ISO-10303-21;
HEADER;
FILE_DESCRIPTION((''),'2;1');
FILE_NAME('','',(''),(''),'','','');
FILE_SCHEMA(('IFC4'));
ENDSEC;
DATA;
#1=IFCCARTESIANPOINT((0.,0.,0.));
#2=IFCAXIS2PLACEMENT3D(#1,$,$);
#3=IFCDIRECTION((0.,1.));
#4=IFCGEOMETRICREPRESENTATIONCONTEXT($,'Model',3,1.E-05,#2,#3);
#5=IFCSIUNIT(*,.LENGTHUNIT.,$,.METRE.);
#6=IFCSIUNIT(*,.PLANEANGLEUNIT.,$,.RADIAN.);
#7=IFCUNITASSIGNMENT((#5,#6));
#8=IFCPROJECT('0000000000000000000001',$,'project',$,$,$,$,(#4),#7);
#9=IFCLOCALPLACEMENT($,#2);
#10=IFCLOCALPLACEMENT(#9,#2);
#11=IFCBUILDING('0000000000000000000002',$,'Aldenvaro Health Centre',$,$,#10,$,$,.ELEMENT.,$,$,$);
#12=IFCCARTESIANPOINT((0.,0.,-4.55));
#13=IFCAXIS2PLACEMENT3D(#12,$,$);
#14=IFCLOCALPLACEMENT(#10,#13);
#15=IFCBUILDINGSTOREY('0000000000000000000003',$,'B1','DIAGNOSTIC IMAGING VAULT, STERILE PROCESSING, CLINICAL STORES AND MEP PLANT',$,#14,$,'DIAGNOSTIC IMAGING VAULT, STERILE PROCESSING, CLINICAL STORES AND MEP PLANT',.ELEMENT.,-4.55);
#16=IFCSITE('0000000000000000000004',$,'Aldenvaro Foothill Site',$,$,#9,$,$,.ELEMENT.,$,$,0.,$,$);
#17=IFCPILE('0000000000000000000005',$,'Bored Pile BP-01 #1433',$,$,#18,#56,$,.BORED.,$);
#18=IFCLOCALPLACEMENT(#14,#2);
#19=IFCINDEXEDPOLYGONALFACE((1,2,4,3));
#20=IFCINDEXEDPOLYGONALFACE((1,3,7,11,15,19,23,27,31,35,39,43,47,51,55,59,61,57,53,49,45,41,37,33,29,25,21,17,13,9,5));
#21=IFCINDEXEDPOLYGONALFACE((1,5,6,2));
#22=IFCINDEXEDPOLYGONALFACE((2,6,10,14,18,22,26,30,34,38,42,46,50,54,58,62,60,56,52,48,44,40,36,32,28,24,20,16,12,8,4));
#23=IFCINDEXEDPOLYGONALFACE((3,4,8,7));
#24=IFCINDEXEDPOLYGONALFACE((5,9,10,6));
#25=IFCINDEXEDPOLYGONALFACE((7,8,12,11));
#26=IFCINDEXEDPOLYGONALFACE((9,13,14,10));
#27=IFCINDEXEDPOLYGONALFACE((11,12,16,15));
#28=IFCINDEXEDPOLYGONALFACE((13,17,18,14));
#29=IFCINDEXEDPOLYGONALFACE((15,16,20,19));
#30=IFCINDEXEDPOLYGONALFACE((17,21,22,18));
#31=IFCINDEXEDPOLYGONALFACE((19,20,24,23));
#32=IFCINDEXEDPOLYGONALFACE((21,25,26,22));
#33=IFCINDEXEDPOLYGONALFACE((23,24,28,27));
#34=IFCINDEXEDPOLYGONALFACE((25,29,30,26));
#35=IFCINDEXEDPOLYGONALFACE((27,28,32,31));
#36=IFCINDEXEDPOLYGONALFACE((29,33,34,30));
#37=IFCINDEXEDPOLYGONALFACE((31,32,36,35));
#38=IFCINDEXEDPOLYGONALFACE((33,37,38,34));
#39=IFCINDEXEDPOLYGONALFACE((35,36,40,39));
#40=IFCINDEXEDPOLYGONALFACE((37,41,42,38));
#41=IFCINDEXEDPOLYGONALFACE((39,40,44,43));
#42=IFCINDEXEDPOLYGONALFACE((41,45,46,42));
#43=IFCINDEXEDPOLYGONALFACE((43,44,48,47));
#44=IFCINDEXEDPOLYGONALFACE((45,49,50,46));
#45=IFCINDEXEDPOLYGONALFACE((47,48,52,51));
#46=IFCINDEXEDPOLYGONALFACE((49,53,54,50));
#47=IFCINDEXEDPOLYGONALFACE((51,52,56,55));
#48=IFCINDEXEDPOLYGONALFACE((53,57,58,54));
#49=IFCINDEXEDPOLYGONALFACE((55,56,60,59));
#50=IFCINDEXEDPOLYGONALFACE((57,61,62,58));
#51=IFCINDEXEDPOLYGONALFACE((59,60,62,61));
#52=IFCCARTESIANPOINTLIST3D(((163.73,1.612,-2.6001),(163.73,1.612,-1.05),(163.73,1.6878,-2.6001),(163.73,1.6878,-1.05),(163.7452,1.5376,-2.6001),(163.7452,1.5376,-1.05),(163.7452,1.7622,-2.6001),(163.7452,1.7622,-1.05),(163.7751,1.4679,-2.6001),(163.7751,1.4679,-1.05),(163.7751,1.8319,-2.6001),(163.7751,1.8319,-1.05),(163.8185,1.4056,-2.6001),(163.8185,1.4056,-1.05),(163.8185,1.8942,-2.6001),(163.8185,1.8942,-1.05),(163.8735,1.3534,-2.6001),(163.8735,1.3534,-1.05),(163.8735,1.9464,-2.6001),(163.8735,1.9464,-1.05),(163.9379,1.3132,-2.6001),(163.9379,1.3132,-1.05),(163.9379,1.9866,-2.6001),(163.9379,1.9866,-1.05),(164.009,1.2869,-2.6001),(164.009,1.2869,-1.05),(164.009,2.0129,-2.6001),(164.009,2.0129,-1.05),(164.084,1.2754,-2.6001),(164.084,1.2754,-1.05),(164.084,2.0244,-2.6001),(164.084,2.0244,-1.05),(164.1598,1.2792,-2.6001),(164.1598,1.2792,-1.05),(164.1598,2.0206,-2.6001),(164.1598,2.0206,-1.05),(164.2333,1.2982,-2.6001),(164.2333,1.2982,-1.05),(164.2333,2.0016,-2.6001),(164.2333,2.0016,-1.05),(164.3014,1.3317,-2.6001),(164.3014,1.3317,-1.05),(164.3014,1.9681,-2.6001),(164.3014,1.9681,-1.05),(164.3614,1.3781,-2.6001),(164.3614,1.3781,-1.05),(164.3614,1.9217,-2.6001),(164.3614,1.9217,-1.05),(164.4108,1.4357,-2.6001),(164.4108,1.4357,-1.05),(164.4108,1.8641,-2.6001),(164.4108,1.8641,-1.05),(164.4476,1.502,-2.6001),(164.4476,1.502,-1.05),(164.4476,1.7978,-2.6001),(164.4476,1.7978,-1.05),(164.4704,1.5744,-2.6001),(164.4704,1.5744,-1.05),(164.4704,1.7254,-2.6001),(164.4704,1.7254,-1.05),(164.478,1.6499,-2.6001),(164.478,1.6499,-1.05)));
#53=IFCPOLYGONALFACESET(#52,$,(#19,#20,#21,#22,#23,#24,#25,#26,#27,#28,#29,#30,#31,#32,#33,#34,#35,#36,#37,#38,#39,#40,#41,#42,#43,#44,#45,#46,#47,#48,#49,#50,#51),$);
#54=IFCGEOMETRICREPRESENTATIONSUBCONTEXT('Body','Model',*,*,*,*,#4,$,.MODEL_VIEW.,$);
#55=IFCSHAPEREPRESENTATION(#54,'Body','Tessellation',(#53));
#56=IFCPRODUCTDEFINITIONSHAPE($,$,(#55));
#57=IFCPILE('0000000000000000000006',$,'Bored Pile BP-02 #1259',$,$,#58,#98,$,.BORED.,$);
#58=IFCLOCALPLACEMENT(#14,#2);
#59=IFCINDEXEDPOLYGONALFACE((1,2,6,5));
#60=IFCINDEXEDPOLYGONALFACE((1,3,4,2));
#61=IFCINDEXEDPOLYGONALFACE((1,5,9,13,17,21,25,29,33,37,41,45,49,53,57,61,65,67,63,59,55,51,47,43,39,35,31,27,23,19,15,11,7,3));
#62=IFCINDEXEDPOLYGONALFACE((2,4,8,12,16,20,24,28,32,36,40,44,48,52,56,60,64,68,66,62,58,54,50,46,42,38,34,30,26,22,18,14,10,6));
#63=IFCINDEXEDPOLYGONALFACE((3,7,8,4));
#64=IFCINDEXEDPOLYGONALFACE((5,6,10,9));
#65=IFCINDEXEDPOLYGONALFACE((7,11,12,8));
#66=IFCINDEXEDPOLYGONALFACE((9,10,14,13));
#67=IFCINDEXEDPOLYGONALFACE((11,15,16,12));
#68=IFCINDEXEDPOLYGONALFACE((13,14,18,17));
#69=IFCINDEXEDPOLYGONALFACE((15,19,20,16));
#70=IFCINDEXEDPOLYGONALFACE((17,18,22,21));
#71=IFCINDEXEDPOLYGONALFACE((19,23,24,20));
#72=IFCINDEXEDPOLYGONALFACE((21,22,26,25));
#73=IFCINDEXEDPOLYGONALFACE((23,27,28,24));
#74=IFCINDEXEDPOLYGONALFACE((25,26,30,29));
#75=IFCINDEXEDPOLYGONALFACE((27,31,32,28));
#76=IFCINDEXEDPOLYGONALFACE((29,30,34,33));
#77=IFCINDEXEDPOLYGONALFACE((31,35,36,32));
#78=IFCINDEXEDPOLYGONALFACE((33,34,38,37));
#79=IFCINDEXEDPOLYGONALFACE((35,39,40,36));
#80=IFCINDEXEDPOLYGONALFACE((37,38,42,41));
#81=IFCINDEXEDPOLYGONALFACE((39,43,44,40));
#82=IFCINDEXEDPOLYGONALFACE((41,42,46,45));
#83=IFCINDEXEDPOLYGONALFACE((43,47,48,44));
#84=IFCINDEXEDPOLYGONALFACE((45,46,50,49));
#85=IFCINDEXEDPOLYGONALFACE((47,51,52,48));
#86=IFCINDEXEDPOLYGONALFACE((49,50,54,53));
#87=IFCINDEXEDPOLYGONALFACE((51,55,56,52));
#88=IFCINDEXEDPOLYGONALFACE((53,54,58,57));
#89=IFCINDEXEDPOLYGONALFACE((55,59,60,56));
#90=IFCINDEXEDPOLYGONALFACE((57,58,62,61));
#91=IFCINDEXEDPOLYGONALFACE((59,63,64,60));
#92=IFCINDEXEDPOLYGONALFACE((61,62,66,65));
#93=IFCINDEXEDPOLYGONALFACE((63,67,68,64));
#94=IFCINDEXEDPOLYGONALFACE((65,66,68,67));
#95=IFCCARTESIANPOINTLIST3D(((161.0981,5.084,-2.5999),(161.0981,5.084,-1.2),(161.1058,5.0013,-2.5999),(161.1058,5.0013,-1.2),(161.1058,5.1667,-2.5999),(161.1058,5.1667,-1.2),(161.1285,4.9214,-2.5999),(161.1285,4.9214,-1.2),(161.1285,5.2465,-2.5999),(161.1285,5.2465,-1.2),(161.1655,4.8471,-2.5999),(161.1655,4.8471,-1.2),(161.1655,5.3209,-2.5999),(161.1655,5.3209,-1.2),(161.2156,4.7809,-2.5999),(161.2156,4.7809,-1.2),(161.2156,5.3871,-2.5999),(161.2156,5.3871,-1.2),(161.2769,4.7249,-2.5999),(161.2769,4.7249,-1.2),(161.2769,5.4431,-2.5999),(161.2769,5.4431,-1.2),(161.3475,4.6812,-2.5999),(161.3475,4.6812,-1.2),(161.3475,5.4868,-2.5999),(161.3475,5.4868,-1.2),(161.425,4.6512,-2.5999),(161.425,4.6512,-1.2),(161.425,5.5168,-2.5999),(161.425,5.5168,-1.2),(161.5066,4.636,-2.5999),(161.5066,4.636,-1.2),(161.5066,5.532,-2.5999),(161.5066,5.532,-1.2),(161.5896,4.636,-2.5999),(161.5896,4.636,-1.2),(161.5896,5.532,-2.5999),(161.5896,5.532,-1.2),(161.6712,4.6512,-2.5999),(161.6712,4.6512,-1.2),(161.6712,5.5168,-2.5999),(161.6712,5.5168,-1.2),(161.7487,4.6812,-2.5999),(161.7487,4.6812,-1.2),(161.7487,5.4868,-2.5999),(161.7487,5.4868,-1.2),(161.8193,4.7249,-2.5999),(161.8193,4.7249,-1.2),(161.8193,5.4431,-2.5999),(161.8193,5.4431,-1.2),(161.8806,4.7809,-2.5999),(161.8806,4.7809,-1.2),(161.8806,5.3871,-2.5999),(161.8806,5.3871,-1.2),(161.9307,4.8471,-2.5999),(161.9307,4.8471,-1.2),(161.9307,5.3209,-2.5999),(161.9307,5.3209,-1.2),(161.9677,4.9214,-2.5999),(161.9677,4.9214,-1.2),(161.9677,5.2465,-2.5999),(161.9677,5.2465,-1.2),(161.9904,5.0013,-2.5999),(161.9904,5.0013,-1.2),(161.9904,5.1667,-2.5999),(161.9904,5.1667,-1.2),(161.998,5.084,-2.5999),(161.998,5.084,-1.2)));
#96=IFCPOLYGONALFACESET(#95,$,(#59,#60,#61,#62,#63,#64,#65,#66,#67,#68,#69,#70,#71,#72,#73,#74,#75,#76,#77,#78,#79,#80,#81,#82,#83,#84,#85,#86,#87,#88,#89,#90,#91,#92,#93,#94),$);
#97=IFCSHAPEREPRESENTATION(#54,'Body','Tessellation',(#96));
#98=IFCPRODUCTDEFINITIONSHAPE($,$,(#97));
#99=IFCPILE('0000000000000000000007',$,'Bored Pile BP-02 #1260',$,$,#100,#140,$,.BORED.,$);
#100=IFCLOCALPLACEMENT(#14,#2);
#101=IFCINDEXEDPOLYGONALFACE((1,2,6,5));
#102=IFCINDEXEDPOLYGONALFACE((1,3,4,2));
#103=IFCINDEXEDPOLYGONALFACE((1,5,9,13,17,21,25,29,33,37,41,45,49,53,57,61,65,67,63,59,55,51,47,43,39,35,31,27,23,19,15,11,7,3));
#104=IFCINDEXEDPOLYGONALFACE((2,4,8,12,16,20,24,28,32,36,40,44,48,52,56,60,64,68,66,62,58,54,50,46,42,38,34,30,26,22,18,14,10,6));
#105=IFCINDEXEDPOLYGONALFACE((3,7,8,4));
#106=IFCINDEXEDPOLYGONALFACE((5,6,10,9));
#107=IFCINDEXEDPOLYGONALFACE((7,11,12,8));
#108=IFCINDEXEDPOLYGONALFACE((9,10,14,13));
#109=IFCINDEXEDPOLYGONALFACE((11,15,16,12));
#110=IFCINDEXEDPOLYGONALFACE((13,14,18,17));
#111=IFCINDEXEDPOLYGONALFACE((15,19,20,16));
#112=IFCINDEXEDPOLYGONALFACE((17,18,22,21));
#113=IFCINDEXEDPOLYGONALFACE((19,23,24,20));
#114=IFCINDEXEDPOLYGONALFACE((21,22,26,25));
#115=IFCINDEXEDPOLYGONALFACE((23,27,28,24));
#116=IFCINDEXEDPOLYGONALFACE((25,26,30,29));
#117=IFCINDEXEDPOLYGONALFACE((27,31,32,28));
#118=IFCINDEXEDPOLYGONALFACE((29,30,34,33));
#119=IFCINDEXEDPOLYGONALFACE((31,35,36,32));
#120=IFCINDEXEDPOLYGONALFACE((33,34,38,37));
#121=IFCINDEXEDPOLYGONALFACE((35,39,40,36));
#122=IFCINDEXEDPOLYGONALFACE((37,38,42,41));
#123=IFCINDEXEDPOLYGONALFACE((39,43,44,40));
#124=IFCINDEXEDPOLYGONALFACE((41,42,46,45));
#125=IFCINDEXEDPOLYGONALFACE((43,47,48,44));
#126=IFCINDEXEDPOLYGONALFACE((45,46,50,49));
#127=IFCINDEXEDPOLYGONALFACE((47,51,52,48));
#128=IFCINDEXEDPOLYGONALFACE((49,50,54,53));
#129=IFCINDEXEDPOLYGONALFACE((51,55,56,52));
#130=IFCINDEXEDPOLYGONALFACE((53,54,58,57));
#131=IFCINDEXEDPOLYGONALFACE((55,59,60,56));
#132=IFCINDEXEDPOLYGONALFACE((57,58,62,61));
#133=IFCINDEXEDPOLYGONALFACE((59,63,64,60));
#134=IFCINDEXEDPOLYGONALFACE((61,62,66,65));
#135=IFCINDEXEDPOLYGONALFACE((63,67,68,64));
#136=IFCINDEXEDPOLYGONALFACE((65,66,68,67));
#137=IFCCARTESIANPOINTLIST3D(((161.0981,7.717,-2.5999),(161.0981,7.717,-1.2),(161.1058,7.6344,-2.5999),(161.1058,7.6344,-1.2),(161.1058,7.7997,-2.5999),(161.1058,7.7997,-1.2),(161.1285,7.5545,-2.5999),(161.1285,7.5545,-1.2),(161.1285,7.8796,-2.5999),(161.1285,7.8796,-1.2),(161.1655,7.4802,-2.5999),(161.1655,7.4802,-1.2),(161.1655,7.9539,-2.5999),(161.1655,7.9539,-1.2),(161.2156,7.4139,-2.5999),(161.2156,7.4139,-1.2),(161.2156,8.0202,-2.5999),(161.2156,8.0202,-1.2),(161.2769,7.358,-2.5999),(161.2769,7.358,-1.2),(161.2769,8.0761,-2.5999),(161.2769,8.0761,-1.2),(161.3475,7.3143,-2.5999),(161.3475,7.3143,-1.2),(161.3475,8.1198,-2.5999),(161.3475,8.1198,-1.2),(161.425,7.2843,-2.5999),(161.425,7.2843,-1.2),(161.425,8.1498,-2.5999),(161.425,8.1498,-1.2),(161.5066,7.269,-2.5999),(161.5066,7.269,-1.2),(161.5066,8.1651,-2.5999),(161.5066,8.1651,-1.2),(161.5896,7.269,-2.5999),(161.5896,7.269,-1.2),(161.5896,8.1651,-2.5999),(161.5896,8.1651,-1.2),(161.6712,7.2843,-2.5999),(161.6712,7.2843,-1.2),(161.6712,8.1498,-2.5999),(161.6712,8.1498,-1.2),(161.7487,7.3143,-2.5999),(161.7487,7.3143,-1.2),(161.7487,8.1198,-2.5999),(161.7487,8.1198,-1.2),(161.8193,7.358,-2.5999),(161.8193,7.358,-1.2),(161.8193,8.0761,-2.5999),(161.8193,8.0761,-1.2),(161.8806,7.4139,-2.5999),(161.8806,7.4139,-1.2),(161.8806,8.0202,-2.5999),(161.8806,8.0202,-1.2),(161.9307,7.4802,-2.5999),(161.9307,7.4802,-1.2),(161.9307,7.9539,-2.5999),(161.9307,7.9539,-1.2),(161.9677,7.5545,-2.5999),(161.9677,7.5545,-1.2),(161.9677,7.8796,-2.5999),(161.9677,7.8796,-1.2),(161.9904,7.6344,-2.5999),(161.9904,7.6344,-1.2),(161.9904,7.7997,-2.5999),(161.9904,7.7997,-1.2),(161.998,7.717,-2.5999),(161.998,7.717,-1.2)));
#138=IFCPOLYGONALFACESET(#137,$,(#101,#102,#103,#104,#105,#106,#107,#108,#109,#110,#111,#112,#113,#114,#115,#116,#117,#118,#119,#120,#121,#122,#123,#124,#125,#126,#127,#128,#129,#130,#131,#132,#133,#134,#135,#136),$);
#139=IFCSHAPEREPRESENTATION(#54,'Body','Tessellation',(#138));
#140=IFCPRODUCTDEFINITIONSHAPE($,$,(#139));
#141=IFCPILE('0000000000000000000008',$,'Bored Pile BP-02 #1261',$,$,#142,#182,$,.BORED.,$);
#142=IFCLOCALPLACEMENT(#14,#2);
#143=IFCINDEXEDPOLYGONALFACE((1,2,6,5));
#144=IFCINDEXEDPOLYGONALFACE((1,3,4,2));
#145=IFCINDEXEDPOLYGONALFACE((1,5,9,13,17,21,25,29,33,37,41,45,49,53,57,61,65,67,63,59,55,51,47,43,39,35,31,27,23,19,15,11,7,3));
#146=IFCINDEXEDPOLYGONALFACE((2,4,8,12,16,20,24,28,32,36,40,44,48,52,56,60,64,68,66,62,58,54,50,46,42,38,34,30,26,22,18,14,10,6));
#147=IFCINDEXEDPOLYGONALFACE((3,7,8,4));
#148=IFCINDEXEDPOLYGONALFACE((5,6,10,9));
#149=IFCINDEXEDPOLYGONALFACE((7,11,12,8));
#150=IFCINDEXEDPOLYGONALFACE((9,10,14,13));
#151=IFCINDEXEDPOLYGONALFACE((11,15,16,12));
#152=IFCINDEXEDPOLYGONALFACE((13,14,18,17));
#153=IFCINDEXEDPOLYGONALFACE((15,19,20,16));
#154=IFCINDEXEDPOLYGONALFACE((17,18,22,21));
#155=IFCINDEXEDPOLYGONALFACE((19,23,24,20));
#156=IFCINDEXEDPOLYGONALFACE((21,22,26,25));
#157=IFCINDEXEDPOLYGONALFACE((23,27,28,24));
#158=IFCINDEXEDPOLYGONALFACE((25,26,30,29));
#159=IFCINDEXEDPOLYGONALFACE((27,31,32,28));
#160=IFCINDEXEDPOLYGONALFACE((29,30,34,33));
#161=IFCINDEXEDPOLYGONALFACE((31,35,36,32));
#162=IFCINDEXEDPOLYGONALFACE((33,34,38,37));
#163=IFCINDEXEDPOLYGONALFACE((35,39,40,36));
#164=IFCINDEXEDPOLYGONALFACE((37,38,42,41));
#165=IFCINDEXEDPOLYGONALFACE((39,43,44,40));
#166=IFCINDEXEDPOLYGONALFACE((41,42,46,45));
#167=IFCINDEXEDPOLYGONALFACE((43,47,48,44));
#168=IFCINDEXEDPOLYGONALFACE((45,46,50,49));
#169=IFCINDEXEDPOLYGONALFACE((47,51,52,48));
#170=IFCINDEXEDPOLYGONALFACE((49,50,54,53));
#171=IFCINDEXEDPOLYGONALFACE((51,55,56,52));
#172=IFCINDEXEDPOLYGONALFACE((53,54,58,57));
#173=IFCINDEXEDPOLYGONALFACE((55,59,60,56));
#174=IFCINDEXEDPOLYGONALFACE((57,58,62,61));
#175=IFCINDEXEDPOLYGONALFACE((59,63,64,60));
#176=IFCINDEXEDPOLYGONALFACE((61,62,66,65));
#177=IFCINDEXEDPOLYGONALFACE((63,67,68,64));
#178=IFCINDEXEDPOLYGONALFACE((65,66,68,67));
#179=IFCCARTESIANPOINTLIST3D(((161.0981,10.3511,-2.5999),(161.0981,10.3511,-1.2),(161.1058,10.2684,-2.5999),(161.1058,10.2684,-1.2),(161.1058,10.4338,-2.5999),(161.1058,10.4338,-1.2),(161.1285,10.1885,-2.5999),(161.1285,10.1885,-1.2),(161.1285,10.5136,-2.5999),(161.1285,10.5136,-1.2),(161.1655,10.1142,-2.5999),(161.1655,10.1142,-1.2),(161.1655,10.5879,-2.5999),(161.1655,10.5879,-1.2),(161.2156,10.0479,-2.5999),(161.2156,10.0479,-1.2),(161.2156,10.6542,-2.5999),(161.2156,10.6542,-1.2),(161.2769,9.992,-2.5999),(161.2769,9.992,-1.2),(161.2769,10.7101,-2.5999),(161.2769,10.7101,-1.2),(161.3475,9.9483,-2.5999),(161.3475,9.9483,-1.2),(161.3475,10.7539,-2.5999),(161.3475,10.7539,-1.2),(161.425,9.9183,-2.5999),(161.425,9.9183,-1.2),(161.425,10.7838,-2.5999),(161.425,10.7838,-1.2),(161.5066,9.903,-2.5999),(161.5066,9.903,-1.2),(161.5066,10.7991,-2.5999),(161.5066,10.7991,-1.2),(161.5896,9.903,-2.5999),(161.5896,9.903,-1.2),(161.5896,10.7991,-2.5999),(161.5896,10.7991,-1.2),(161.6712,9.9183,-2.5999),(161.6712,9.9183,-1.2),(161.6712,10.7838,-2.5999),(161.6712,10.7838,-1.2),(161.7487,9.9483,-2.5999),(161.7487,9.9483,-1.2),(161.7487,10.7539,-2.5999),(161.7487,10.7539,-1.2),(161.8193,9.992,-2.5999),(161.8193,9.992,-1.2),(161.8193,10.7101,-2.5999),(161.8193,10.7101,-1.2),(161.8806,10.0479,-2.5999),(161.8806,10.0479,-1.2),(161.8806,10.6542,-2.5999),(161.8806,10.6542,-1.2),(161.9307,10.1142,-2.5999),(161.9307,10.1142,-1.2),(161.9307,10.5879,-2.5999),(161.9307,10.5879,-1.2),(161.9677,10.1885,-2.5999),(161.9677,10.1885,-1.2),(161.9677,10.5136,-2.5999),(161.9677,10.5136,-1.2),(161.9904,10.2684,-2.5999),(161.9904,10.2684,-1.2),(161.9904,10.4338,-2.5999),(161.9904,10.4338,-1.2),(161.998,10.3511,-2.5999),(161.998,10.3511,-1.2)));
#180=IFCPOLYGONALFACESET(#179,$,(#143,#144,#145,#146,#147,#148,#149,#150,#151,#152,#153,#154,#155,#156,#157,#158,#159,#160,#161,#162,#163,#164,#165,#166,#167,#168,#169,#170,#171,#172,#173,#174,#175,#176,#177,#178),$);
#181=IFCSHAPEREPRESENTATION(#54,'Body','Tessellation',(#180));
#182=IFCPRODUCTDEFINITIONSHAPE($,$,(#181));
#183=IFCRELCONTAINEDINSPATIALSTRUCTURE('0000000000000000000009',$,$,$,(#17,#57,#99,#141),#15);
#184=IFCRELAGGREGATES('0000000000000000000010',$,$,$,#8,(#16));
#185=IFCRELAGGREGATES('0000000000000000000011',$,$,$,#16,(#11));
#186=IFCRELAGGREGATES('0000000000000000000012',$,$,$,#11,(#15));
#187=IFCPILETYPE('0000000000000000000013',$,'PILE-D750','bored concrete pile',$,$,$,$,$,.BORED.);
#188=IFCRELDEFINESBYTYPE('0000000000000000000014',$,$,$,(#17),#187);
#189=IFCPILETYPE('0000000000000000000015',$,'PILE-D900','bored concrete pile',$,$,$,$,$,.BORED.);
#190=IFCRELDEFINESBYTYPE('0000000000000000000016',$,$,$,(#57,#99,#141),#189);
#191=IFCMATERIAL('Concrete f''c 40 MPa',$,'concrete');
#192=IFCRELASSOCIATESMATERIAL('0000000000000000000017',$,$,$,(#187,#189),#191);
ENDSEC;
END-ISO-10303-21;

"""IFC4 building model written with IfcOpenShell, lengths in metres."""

from ifc_helpers import new_model, si_unit, direction, frame, origin, origin_2d, place, context, subcontext, project, spatial, circle, extrude, material, material_profile, profile_set, type_object, element, save


model = new_model("IFC4")

# Units and contexts
model_context = context("Model", 3, precision=1e-05, world=origin(), true_north=direction((0.0, 1.0)))
body_context = subcontext(model_context, "Body", "Model", "MODEL_VIEW")
ifc_project = project(units=[si_unit("LENGTHUNIT", "METRE"), si_unit("PLANEANGLEUNIT", "RADIAN")], contexts=[model_context])

# Site, building, storey
site_placement = place(None, origin())
site = spatial("IfcSite", under=ifc_project, at=site_placement, Name="Aldenvaro Foothill Site", CompositionType="ELEMENT", RefElevation=0.0)
building_placement = place(site_placement, origin())
building = spatial("IfcBuilding", under=site, at=building_placement, Name="Aldenvaro Health Centre", CompositionType="ELEMENT")
storey_placement = place(building_placement, frame((0.0, 0.0, -4.55)))
storey = spatial("IfcBuildingStorey", under=building, at=storey_placement, Name="B1", Description="DIAGNOSTIC IMAGING VAULT, STERILE PROCESSING, CLINICAL STORES AND MEP PLANT", LongName="DIAGNOSTIC IMAGING VAULT, STERILE PROCESSING, CLINICAL STORES AND MEP PLANT", CompositionType="ELEMENT", Elevation=-4.55)

# Shared definitions
ifc_material_1 = material(Name="Concrete f'c 40 MPa", Category="concrete")

# Piles
ifc_material_profile_1 = material_profile(ifc_material_1, circle(Radius=0.375, at=origin_2d()), Name="PILE D750", Category="concrete")
ifc_profile_set_1 = profile_set([ifc_material_profile_1], Name="Concrete f'c 40 MPa")
pile_type_1 = type_object("IfcPileType", Name="PILE-D750", Description="bored concrete pile", PredefinedType="BORED", material=ifc_profile_set_1)
for number, where, z_axis, x_axis, name in (
    (1, (164.103, 1.6499, -1.05), (0.0, 0.0, -1.0), (1.0, 0.0, 0.0), "Bored Pile BP-01 #1433"),
):
    element("IfcPile", number, at=place(storey_placement, frame(where, z_axis=z_axis, x_axis=x_axis)), inside=storey, type_object=pile_type_1, Name=name, PredefinedType="BORED", context=body_context, shape_type="SweptSolid", body=[
        extrude(circle(Radius=0.375, at=origin_2d()), origin(), (0.0, 0.0, 1.0), 1.55),
    ])
ifc_material_profile_2 = material_profile(ifc_material_1, circle(Radius=0.45, at=origin_2d()), Name="PILE D900", Category="concrete")
ifc_profile_set_2 = profile_set([ifc_material_profile_2], Name="Concrete f'c 40 MPa")
pile_type_2 = type_object("IfcPileType", Name="PILE-D900", Description="bored concrete pile", PredefinedType="BORED", material=ifc_profile_set_2)
for number, where, z_axis, x_axis, name in (
    (2, (161.5481, 5.084, -1.2), (0.0, 0.0, -1.0), (1.0, 0.0, 0.0), "Bored Pile BP-02 #1259"),
    (3, (161.5481, 7.717, -1.2), (0.0, 0.0, -1.0), (1.0, 0.0, 0.0), "Bored Pile BP-02 #1260"),
    (4, (161.5481, 10.3511, -1.2), (0.0, 0.0, -1.0), (1.0, 0.0, 0.0), "Bored Pile BP-02 #1261"),
):
    element("IfcPile", number, at=place(storey_placement, frame(where, z_axis=z_axis, x_axis=x_axis)), inside=storey, type_object=pile_type_2, Name=name, PredefinedType="BORED", context=body_context, shape_type="SweptSolid", body=[
        extrude(circle(Radius=0.45, at=origin_2d()), origin(), (0.0, 0.0, 1.0), 1.3999),
    ])

save(model, "model.ifc")
